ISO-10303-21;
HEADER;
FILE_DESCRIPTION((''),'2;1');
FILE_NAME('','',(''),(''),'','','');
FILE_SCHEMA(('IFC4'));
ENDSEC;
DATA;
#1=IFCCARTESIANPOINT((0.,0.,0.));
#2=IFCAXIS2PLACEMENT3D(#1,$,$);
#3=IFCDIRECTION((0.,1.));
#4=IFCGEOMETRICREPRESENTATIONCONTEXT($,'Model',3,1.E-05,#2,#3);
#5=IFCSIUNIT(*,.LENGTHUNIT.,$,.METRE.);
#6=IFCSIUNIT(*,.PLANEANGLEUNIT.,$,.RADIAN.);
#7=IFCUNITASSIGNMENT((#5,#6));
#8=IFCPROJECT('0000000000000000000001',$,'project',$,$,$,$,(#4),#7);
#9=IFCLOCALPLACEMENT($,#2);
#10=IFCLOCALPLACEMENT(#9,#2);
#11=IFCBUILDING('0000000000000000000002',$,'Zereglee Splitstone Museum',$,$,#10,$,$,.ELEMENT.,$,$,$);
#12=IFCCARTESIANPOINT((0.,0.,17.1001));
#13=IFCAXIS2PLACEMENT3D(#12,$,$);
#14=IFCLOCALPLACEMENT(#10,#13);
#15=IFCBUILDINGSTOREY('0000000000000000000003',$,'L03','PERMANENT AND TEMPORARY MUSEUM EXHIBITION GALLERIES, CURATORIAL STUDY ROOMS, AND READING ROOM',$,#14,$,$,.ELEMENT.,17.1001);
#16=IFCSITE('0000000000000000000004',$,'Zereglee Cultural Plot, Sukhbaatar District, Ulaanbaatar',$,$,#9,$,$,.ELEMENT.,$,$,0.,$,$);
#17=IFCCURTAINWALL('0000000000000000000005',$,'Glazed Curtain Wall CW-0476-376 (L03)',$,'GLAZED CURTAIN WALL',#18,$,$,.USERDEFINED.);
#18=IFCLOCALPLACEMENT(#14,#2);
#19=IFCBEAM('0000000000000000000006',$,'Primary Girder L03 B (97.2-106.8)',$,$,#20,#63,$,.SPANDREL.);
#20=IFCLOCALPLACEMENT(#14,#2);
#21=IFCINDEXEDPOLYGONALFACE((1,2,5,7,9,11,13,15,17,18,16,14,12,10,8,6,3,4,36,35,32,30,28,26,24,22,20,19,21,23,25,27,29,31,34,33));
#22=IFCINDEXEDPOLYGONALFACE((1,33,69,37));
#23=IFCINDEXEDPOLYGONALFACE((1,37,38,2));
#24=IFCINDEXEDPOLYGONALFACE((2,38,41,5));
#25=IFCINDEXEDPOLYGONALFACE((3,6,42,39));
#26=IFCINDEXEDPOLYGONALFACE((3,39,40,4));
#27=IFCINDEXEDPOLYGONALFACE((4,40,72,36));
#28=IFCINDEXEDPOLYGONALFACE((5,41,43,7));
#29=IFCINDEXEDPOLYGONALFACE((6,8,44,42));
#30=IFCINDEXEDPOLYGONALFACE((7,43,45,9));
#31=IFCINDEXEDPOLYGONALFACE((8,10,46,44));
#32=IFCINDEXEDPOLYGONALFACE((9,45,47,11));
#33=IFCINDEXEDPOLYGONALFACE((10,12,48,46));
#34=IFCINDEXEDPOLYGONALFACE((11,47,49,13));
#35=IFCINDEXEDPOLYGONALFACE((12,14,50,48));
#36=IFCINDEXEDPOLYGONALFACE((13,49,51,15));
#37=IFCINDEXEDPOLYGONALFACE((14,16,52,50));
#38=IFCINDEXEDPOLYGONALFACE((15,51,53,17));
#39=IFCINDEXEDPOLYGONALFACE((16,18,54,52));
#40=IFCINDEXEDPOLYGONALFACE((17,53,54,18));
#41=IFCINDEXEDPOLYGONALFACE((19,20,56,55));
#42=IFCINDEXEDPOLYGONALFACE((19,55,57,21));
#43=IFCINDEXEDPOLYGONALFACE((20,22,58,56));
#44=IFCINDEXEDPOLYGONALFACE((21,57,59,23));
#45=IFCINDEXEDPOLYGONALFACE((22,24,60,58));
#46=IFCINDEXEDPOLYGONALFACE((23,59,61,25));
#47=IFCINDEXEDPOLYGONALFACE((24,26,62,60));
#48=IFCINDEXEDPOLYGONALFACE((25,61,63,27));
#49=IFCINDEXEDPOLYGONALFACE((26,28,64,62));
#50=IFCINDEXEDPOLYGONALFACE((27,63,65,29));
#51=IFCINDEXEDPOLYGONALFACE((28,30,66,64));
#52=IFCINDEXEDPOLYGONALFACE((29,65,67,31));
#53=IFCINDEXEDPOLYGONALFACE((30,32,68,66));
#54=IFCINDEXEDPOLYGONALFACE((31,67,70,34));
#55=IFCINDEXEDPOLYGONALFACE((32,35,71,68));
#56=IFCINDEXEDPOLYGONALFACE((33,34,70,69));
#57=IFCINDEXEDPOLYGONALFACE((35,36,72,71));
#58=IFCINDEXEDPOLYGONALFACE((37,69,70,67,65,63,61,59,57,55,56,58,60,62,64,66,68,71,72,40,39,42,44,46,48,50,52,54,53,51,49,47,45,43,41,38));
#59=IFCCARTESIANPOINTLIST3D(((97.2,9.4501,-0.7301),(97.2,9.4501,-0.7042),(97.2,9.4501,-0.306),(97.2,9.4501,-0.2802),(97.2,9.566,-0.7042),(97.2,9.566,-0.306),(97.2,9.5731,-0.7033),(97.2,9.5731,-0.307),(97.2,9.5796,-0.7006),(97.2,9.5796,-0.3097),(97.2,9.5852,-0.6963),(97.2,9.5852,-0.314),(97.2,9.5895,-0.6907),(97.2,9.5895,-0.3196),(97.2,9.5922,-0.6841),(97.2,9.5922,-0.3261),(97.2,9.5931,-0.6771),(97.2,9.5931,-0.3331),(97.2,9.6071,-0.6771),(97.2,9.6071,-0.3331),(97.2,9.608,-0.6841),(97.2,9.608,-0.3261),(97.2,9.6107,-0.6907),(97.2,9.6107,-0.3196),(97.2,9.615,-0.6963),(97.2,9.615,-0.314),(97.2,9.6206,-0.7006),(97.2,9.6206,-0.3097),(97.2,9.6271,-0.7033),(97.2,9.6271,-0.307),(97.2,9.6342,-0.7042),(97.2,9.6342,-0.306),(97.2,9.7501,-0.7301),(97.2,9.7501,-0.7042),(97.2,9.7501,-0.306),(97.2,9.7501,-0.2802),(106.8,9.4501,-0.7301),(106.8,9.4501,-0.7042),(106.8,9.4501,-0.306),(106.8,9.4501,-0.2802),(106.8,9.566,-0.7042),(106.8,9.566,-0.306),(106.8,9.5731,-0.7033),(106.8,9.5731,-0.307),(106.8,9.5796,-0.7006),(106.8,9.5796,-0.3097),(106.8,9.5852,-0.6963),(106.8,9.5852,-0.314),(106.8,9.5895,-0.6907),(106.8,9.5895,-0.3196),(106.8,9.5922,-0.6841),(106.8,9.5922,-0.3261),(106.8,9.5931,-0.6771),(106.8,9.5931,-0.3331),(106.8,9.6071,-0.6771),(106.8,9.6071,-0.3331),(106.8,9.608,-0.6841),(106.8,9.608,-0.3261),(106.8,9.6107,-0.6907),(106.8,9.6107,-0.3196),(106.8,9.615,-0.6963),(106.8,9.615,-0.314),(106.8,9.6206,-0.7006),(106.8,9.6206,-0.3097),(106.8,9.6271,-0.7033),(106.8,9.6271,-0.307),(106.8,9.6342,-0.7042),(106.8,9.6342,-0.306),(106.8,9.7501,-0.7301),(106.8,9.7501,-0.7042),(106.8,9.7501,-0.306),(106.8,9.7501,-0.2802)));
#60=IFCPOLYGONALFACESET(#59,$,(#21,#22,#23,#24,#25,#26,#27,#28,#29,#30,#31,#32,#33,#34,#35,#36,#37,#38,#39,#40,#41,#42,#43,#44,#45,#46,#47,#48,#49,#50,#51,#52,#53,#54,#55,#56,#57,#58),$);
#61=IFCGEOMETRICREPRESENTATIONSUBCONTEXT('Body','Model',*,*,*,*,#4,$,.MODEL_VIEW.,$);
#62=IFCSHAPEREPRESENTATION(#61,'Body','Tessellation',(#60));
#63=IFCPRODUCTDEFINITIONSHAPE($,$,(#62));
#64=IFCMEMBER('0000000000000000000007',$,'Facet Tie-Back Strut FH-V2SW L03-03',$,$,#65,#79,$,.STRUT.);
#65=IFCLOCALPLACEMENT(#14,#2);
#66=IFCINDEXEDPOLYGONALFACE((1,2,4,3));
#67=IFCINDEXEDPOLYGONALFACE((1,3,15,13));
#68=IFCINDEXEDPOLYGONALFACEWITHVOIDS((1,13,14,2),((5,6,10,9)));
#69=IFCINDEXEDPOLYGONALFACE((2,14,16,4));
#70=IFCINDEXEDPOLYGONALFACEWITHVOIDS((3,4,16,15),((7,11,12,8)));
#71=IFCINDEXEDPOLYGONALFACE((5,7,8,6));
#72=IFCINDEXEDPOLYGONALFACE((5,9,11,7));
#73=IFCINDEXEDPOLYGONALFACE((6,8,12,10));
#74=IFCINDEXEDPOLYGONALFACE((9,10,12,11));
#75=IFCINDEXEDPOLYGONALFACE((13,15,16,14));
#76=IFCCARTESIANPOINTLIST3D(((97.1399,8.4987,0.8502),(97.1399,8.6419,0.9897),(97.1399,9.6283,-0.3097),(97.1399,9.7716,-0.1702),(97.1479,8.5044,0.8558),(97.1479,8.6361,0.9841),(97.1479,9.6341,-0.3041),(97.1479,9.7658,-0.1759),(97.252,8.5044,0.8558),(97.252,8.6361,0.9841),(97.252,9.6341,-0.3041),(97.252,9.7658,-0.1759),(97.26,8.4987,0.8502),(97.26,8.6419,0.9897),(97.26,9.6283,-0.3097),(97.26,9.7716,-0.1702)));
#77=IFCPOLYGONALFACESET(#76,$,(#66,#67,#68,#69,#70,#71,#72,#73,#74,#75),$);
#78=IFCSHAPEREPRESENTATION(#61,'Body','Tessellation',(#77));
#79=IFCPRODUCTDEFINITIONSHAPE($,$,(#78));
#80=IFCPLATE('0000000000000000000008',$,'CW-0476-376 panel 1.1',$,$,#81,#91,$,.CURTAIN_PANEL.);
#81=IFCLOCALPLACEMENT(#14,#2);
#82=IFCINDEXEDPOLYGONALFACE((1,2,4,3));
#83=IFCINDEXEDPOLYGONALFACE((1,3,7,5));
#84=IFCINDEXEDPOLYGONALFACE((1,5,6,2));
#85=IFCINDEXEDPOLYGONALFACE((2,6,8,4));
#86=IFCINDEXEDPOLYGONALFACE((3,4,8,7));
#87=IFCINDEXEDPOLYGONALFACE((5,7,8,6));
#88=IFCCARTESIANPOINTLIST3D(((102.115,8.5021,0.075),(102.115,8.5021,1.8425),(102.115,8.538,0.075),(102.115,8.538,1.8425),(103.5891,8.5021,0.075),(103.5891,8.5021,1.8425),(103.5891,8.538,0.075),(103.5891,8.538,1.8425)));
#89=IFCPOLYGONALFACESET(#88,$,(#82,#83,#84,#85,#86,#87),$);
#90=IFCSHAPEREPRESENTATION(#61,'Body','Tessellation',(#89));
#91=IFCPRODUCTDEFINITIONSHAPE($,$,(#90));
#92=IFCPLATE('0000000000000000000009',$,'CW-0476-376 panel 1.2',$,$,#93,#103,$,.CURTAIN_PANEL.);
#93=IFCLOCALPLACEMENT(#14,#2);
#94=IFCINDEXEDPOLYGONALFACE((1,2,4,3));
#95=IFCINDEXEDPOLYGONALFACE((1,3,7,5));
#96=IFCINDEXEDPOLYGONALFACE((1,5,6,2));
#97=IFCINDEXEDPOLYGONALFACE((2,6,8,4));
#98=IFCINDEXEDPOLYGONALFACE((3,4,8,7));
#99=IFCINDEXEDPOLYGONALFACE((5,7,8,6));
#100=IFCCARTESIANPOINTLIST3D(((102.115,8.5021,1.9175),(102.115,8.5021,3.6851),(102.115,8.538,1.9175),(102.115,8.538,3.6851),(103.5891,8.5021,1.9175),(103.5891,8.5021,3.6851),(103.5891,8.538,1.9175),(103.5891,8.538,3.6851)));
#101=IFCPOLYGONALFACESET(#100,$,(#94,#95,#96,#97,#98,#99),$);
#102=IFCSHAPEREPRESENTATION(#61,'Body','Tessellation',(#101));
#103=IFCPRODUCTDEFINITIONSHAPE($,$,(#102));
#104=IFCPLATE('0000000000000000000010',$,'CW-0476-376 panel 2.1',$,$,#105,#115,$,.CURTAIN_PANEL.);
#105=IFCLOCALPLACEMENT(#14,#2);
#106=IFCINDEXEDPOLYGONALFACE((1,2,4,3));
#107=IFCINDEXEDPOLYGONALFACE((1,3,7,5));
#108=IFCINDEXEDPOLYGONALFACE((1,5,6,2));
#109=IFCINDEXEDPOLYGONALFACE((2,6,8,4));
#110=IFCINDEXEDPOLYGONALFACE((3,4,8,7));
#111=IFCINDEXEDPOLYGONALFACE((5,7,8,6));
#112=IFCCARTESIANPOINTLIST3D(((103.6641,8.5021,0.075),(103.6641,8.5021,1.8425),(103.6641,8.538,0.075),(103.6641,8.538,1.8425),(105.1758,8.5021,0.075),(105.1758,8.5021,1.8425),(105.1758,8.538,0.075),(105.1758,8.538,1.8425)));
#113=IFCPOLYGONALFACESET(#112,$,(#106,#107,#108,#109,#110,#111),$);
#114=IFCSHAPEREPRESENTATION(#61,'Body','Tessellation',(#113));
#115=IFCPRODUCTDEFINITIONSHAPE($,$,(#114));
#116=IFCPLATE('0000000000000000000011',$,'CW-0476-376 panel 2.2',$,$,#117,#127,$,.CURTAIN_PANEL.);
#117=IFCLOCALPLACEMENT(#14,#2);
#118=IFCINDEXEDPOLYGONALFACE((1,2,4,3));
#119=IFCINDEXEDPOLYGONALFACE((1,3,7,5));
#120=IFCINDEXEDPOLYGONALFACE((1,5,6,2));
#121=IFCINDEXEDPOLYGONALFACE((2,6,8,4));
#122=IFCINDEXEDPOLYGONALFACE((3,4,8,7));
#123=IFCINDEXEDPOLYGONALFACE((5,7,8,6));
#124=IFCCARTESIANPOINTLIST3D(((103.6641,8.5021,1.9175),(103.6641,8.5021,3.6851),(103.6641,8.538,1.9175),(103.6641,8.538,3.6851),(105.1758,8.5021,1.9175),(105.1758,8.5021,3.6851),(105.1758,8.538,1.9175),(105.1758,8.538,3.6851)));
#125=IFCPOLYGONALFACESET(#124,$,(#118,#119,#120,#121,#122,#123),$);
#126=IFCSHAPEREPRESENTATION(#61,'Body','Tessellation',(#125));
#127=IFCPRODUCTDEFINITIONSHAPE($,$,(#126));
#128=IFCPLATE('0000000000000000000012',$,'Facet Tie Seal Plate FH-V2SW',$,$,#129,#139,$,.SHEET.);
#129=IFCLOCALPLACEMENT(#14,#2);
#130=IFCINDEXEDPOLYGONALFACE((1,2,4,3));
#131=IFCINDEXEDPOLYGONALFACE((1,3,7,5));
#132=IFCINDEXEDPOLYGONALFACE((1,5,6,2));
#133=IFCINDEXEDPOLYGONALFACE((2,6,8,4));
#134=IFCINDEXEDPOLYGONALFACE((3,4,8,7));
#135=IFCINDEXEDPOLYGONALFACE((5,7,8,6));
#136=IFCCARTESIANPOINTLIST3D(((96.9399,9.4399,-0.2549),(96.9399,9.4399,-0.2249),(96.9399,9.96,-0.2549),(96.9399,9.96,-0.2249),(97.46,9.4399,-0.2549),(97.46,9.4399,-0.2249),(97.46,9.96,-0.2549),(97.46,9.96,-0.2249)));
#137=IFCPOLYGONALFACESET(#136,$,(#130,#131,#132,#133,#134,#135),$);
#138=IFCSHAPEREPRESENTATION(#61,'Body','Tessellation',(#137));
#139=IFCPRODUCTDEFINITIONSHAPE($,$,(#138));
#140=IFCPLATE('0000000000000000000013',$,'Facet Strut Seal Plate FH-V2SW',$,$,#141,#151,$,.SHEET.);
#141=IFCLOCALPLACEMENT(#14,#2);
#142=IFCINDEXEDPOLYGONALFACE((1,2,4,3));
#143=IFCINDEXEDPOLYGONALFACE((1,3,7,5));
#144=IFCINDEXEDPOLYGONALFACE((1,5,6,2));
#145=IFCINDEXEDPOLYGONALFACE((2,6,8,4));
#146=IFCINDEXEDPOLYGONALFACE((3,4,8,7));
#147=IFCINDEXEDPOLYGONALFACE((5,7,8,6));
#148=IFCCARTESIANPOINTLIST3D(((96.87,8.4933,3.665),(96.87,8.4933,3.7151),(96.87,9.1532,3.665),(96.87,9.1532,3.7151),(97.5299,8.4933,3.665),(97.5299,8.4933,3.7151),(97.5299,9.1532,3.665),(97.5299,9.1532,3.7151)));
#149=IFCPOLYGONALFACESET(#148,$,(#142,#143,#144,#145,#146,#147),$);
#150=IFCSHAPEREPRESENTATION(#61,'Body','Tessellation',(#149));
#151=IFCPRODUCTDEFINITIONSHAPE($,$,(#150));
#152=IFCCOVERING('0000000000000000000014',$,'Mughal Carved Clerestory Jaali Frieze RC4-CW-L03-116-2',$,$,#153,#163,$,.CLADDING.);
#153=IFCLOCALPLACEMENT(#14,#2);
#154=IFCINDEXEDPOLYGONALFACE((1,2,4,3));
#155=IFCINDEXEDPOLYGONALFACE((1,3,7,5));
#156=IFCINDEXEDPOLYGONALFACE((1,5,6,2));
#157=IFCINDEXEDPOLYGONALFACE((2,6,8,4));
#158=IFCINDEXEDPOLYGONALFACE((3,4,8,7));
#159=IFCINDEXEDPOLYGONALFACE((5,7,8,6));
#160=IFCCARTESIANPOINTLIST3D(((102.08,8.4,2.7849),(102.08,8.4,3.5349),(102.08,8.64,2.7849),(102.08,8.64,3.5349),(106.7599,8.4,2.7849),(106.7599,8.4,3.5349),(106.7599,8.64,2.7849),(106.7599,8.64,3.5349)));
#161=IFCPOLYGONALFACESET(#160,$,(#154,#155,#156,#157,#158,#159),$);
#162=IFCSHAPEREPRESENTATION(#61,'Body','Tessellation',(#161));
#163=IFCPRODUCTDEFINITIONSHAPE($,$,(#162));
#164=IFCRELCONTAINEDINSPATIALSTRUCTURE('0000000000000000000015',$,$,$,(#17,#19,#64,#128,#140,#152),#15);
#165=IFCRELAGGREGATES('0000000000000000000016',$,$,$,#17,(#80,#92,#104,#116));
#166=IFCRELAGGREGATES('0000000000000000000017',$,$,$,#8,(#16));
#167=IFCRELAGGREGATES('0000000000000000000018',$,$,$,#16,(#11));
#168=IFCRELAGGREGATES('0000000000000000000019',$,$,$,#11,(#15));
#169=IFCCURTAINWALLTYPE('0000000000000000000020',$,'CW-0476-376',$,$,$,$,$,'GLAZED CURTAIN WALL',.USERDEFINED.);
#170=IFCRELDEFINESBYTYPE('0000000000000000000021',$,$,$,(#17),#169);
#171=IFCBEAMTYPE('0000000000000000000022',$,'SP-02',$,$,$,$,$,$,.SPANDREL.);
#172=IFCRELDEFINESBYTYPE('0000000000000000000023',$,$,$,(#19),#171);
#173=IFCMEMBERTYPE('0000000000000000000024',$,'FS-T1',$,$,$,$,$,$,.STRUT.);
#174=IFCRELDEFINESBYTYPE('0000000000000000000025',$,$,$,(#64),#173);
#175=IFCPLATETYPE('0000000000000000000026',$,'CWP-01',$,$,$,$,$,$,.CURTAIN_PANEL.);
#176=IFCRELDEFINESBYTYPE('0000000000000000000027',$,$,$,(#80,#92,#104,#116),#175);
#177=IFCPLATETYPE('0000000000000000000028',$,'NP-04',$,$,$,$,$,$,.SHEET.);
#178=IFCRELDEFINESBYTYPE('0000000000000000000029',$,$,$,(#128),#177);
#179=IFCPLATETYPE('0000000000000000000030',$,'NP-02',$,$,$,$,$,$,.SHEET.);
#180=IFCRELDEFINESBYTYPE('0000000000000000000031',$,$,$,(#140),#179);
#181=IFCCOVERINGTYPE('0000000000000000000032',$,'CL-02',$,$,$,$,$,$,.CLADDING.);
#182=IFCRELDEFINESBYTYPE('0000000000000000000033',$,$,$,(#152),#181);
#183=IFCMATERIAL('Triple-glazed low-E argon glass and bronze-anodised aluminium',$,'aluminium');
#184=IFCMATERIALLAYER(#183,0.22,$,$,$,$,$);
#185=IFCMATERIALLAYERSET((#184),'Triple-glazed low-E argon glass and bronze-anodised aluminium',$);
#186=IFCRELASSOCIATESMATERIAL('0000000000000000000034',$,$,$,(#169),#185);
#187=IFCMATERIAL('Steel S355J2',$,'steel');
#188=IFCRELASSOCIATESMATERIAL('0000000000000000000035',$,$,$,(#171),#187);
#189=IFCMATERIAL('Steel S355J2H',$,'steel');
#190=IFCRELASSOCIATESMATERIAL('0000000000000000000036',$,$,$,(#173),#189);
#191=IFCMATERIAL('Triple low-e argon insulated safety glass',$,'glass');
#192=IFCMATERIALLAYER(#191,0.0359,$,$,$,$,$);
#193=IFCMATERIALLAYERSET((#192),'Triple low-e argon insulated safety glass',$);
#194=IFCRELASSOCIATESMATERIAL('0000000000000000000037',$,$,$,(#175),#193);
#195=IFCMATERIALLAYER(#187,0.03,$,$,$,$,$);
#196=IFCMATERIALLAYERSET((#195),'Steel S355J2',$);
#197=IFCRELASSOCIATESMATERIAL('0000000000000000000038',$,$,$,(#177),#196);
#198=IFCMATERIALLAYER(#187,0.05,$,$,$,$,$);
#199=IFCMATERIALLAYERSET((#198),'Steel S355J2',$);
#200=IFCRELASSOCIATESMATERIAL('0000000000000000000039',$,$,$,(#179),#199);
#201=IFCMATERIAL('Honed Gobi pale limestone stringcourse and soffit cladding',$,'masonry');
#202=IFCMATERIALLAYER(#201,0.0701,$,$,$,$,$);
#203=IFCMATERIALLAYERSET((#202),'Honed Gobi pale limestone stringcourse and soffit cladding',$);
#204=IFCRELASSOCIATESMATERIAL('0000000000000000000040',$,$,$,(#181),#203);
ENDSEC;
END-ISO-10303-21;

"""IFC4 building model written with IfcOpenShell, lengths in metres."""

from ifc_helpers import new_model, si_unit, direction, frame, origin, origin_2d, place, context, subcontext, project, spatial, rectangle, hollow_rectangle, i_section, extrude, material, layer, layer_set, material_profile, profile_set, type_object, element, aggregate, save


model = new_model("IFC4")

# Units and contexts
model_context = context("Model", 3, precision=1e-05, world=origin(), true_north=direction((0.0, 1.0)))
body_context = subcontext(model_context, "Body", "Model", "MODEL_VIEW")
ifc_project = project(units=[si_unit("LENGTHUNIT", "METRE"), si_unit("PLANEANGLEUNIT", "RADIAN")], contexts=[model_context])

# Site, building, storey
site_placement = place(None, origin())
site = spatial("IfcSite", under=ifc_project, at=site_placement, Name="Zereglee Cultural Plot, Sukhbaatar District, Ulaanbaatar", CompositionType="ELEMENT", RefElevation=0.0)
building_placement = place(site_placement, origin())
building = spatial("IfcBuilding", under=site, at=building_placement, Name="Zereglee Splitstone Museum", CompositionType="ELEMENT")
storey_placement = place(building_placement, frame((0.0, 0.0, 17.1001)))
storey = spatial("IfcBuildingStorey", under=building, at=storey_placement, Name="L03", Description="PERMANENT AND TEMPORARY MUSEUM EXHIBITION GALLERIES, CURATORIAL STUDY ROOMS, AND READING ROOM", CompositionType="ELEMENT", Elevation=17.1001)

# Shared definitions
ifc_material_1 = material(Name="Steel S355J2H", Category="steel")
ifc_material_2 = material(Name="Steel S355J2", Category="steel")

# Curtain wall
ifc_material_3 = material(Name="Triple-glazed low-E argon glass and bronze-anodised aluminium", Category="aluminium")
ifc_layer_1 = layer(ifc_material_3, 0.22)
ifc_layer_set_1 = layer_set([ifc_layer_1], Name="Triple-glazed low-E argon glass and bronze-anodised aluminium")
curtain_wall_type = type_object("IfcCurtainWallType", Name="CW-0476-376", ElementType="GLAZED CURTAIN WALL", PredefinedType="USERDEFINED", material=ifc_layer_set_1)
curtain_wall_placement = place(storey_placement, origin())
curtain_wall = element("IfcCurtainWall", 1, at=curtain_wall_placement, inside=storey, type_object=curtain_wall_type, Name="Glazed Curtain Wall CW-0476-376 (L03)", ObjectType="GLAZED CURTAIN WALL", PredefinedType="USERDEFINED")

# Beam
ifc_material_profile_1 = material_profile(ifc_material_2, i_section(OverallWidth=0.3, OverallDepth=0.45, WebThickness=0.0139, FlangeThickness=0.0259, FilletRadius=0.0271, at=origin_2d()), Name="HE 450 B")
ifc_profile_set_1 = profile_set([ifc_material_profile_1], Name="Steel S355J2")
beam_type_1 = type_object("IfcBeamType", Name="SP-02", PredefinedType="SPANDREL", material=ifc_profile_set_1)
beam_1_placement = place(storey_placement, frame((97.2, 9.6001, -0.5051), z_axis=(1.0, 0.0, 0.0), x_axis=(0.0, 1.0, 0.0)))
element("IfcBeam", 2, at=beam_1_placement, inside=storey, type_object=beam_type_1, Name="Primary Girder L03 B (97.2-106.8)", PredefinedType="SPANDREL", context=body_context, shape_type="SweptSolid", body=[
    extrude(i_section(OverallWidth=0.3, OverallDepth=0.45, WebThickness=0.0139, FlangeThickness=0.0259, FilletRadius=0.0271, at=origin_2d()), origin(), (0.0, 0.0, 1.0), 9.6001),
])

# Member
ifc_material_profile_2 = material_profile(ifc_material_1, hollow_rectangle(XDim=0.1201, YDim=0.2, WallThickness=0.0081, at=origin_2d()), Name="RHS 200x120x8")
ifc_profile_set_2 = profile_set([ifc_material_profile_2], Name="Steel S355J2H")
member_type_1 = type_object("IfcMemberType", Name="FS-T1", PredefinedType="STRUT", material=ifc_profile_set_2)
member_1_placement = place(storey_placement, frame((97.2, 9.7, -0.24), z_axis=(0.0, -0.697696, 0.716394), x_axis=(1.0, 0.0, 0.0)))
element("IfcMember", 3, at=member_1_placement, inside=storey, type_object=member_type_1, Name="Facet Tie-Back Strut FH-V2SW L03-03", PredefinedType="STRUT", context=body_context, shape_type="SweptSolid", body=[
    extrude(hollow_rectangle(XDim=0.1201, YDim=0.2, WallThickness=0.0081, at=origin_2d()), origin(), (0.0, 0.0, 1.0), 1.6191),
])

# Plates
ifc_material_4 = material(Name="Triple low-e argon insulated safety glass", Category="glass")
ifc_layer_2 = layer(ifc_material_4, 0.0359)
ifc_layer_set_2 = layer_set([ifc_layer_2], Name="Triple low-e argon insulated safety glass")
plate_type_1 = type_object("IfcPlateType", Name="CWP-01", PredefinedType="CURTAIN_PANEL", material=ifc_layer_set_2)
plate_1_placement = place(storey_placement, frame((102.8521, 8.52, 0.075), z_axis=(0.0, 0.0, 1.0), x_axis=(1.0, 0.0, 0.0)))
plate_1 = element("IfcPlate", 4, at=plate_1_placement, type_object=plate_type_1, Name="CW-0476-376 panel 1.1", PredefinedType="CURTAIN_PANEL", context=body_context, shape_type="SweptSolid", body=[
    extrude(rectangle(XDim=1.4741, YDim=0.0359, at=origin_2d()), origin(), (0.0, 0.0, 1.0), 1.7676),
])
plate_2_placement = place(storey_placement, frame((102.8521, 8.52, 1.9175), z_axis=(0.0, 0.0, 1.0), x_axis=(1.0, 0.0, 0.0)))
plate_2 = element("IfcPlate", 5, at=plate_2_placement, type_object=plate_type_1, Name="CW-0476-376 panel 1.2", PredefinedType="CURTAIN_PANEL", context=body_context, shape_type="SweptSolid", body=[
    extrude(rectangle(XDim=1.4741, YDim=0.0359, at=origin_2d()), origin(), (0.0, 0.0, 1.0), 1.7676),
])
plate_3_placement = place(storey_placement, frame((104.4199, 8.52, 0.075), z_axis=(0.0, 0.0, 1.0), x_axis=(1.0, 0.0, 0.0)))
plate_3 = element("IfcPlate", 6, at=plate_3_placement, type_object=plate_type_1, Name="CW-0476-376 panel 2.1", PredefinedType="CURTAIN_PANEL", context=body_context, shape_type="SweptSolid", body=[
    extrude(rectangle(XDim=1.5117, YDim=0.0359, at=origin_2d()), origin(), (0.0, 0.0, 1.0), 1.7676),
])
plate_4_placement = place(storey_placement, frame((104.4199, 8.52, 1.9175), z_axis=(0.0, 0.0, 1.0), x_axis=(1.0, 0.0, 0.0)))
plate_4 = element("IfcPlate", 7, at=plate_4_placement, type_object=plate_type_1, Name="CW-0476-376 panel 2.2", PredefinedType="CURTAIN_PANEL", context=body_context, shape_type="SweptSolid", body=[
    extrude(rectangle(XDim=1.5117, YDim=0.0359, at=origin_2d()), origin(), (0.0, 0.0, 1.0), 1.7676),
])
aggregate(curtain_wall, [plate_1, plate_2, plate_3, plate_4])

# Plates
ifc_layer_3 = layer(ifc_material_2, 0.03)
ifc_layer_set_3 = layer_set([ifc_layer_3], Name="Steel S355J2")
plate_type_2 = type_object("IfcPlateType", Name="NP-04", PredefinedType="SHEET", material=ifc_layer_set_3)
plate_5_placement = place(storey_placement, frame((97.2, 9.7, -0.2549), z_axis=(0.0, 0.0, 1.0), x_axis=(1.0, 0.0, 0.0)))
element("IfcPlate", 8, at=plate_5_placement, inside=storey, type_object=plate_type_2, Name="Facet Tie Seal Plate FH-V2SW", PredefinedType="SHEET", context=body_context, shape_type="SweptSolid", body=[
    extrude(rectangle(XDim=0.52, YDim=0.52, at=origin_2d()), origin(), (0.0, 0.0, 1.0), 0.03),
])
ifc_layer_4 = layer(ifc_material_2, 0.05)
ifc_layer_set_4 = layer_set([ifc_layer_4], Name="Steel S355J2")
plate_type_3 = type_object("IfcPlateType", Name="NP-02", PredefinedType="SHEET", material=ifc_layer_set_4)
plate_6_placement = place(storey_placement, frame((97.2, 8.8232, 3.665), z_axis=(0.0, 0.0, 1.0), x_axis=(1.0, 0.0, 0.0)))
element("IfcPlate", 9, at=plate_6_placement, inside=storey, type_object=plate_type_3, Name="Facet Strut Seal Plate FH-V2SW", PredefinedType="SHEET", context=body_context, shape_type="SweptSolid", body=[
    extrude(rectangle(XDim=0.6599, YDim=0.6599, at=origin_2d()), origin(), (0.0, 0.0, 1.0), 0.05),
])

# Covering
ifc_material_5 = material(Name="Honed Gobi pale limestone stringcourse and soffit cladding", Category="masonry")
ifc_layer_5 = layer(ifc_material_5, 0.0701)
ifc_layer_set_5 = layer_set([ifc_layer_5], Name="Honed Gobi pale limestone stringcourse and soffit cladding")
covering_type = type_object("IfcCoveringType", Name="CL-02", PredefinedType="CLADDING", material=ifc_layer_set_5)
covering_placement = place(storey_placement, frame((104.4199, 8.52, 2.7849), z_axis=(0.0, 0.0, 1.0), x_axis=(1.0, 0.0, 0.0)))
element("IfcCovering", 10, at=covering_placement, inside=storey, type_object=covering_type, Name="Mughal Carved Clerestory Jaali Frieze RC4-CW-L03-116-2", PredefinedType="CLADDING", context=body_context, shape_type="SweptSolid", body=[
    extrude(rectangle(XDim=4.6799, YDim=0.24, at=origin_2d()), origin(), (0.0, 0.0, 1.0), 0.75),
])

save(model, "model.ifc")
